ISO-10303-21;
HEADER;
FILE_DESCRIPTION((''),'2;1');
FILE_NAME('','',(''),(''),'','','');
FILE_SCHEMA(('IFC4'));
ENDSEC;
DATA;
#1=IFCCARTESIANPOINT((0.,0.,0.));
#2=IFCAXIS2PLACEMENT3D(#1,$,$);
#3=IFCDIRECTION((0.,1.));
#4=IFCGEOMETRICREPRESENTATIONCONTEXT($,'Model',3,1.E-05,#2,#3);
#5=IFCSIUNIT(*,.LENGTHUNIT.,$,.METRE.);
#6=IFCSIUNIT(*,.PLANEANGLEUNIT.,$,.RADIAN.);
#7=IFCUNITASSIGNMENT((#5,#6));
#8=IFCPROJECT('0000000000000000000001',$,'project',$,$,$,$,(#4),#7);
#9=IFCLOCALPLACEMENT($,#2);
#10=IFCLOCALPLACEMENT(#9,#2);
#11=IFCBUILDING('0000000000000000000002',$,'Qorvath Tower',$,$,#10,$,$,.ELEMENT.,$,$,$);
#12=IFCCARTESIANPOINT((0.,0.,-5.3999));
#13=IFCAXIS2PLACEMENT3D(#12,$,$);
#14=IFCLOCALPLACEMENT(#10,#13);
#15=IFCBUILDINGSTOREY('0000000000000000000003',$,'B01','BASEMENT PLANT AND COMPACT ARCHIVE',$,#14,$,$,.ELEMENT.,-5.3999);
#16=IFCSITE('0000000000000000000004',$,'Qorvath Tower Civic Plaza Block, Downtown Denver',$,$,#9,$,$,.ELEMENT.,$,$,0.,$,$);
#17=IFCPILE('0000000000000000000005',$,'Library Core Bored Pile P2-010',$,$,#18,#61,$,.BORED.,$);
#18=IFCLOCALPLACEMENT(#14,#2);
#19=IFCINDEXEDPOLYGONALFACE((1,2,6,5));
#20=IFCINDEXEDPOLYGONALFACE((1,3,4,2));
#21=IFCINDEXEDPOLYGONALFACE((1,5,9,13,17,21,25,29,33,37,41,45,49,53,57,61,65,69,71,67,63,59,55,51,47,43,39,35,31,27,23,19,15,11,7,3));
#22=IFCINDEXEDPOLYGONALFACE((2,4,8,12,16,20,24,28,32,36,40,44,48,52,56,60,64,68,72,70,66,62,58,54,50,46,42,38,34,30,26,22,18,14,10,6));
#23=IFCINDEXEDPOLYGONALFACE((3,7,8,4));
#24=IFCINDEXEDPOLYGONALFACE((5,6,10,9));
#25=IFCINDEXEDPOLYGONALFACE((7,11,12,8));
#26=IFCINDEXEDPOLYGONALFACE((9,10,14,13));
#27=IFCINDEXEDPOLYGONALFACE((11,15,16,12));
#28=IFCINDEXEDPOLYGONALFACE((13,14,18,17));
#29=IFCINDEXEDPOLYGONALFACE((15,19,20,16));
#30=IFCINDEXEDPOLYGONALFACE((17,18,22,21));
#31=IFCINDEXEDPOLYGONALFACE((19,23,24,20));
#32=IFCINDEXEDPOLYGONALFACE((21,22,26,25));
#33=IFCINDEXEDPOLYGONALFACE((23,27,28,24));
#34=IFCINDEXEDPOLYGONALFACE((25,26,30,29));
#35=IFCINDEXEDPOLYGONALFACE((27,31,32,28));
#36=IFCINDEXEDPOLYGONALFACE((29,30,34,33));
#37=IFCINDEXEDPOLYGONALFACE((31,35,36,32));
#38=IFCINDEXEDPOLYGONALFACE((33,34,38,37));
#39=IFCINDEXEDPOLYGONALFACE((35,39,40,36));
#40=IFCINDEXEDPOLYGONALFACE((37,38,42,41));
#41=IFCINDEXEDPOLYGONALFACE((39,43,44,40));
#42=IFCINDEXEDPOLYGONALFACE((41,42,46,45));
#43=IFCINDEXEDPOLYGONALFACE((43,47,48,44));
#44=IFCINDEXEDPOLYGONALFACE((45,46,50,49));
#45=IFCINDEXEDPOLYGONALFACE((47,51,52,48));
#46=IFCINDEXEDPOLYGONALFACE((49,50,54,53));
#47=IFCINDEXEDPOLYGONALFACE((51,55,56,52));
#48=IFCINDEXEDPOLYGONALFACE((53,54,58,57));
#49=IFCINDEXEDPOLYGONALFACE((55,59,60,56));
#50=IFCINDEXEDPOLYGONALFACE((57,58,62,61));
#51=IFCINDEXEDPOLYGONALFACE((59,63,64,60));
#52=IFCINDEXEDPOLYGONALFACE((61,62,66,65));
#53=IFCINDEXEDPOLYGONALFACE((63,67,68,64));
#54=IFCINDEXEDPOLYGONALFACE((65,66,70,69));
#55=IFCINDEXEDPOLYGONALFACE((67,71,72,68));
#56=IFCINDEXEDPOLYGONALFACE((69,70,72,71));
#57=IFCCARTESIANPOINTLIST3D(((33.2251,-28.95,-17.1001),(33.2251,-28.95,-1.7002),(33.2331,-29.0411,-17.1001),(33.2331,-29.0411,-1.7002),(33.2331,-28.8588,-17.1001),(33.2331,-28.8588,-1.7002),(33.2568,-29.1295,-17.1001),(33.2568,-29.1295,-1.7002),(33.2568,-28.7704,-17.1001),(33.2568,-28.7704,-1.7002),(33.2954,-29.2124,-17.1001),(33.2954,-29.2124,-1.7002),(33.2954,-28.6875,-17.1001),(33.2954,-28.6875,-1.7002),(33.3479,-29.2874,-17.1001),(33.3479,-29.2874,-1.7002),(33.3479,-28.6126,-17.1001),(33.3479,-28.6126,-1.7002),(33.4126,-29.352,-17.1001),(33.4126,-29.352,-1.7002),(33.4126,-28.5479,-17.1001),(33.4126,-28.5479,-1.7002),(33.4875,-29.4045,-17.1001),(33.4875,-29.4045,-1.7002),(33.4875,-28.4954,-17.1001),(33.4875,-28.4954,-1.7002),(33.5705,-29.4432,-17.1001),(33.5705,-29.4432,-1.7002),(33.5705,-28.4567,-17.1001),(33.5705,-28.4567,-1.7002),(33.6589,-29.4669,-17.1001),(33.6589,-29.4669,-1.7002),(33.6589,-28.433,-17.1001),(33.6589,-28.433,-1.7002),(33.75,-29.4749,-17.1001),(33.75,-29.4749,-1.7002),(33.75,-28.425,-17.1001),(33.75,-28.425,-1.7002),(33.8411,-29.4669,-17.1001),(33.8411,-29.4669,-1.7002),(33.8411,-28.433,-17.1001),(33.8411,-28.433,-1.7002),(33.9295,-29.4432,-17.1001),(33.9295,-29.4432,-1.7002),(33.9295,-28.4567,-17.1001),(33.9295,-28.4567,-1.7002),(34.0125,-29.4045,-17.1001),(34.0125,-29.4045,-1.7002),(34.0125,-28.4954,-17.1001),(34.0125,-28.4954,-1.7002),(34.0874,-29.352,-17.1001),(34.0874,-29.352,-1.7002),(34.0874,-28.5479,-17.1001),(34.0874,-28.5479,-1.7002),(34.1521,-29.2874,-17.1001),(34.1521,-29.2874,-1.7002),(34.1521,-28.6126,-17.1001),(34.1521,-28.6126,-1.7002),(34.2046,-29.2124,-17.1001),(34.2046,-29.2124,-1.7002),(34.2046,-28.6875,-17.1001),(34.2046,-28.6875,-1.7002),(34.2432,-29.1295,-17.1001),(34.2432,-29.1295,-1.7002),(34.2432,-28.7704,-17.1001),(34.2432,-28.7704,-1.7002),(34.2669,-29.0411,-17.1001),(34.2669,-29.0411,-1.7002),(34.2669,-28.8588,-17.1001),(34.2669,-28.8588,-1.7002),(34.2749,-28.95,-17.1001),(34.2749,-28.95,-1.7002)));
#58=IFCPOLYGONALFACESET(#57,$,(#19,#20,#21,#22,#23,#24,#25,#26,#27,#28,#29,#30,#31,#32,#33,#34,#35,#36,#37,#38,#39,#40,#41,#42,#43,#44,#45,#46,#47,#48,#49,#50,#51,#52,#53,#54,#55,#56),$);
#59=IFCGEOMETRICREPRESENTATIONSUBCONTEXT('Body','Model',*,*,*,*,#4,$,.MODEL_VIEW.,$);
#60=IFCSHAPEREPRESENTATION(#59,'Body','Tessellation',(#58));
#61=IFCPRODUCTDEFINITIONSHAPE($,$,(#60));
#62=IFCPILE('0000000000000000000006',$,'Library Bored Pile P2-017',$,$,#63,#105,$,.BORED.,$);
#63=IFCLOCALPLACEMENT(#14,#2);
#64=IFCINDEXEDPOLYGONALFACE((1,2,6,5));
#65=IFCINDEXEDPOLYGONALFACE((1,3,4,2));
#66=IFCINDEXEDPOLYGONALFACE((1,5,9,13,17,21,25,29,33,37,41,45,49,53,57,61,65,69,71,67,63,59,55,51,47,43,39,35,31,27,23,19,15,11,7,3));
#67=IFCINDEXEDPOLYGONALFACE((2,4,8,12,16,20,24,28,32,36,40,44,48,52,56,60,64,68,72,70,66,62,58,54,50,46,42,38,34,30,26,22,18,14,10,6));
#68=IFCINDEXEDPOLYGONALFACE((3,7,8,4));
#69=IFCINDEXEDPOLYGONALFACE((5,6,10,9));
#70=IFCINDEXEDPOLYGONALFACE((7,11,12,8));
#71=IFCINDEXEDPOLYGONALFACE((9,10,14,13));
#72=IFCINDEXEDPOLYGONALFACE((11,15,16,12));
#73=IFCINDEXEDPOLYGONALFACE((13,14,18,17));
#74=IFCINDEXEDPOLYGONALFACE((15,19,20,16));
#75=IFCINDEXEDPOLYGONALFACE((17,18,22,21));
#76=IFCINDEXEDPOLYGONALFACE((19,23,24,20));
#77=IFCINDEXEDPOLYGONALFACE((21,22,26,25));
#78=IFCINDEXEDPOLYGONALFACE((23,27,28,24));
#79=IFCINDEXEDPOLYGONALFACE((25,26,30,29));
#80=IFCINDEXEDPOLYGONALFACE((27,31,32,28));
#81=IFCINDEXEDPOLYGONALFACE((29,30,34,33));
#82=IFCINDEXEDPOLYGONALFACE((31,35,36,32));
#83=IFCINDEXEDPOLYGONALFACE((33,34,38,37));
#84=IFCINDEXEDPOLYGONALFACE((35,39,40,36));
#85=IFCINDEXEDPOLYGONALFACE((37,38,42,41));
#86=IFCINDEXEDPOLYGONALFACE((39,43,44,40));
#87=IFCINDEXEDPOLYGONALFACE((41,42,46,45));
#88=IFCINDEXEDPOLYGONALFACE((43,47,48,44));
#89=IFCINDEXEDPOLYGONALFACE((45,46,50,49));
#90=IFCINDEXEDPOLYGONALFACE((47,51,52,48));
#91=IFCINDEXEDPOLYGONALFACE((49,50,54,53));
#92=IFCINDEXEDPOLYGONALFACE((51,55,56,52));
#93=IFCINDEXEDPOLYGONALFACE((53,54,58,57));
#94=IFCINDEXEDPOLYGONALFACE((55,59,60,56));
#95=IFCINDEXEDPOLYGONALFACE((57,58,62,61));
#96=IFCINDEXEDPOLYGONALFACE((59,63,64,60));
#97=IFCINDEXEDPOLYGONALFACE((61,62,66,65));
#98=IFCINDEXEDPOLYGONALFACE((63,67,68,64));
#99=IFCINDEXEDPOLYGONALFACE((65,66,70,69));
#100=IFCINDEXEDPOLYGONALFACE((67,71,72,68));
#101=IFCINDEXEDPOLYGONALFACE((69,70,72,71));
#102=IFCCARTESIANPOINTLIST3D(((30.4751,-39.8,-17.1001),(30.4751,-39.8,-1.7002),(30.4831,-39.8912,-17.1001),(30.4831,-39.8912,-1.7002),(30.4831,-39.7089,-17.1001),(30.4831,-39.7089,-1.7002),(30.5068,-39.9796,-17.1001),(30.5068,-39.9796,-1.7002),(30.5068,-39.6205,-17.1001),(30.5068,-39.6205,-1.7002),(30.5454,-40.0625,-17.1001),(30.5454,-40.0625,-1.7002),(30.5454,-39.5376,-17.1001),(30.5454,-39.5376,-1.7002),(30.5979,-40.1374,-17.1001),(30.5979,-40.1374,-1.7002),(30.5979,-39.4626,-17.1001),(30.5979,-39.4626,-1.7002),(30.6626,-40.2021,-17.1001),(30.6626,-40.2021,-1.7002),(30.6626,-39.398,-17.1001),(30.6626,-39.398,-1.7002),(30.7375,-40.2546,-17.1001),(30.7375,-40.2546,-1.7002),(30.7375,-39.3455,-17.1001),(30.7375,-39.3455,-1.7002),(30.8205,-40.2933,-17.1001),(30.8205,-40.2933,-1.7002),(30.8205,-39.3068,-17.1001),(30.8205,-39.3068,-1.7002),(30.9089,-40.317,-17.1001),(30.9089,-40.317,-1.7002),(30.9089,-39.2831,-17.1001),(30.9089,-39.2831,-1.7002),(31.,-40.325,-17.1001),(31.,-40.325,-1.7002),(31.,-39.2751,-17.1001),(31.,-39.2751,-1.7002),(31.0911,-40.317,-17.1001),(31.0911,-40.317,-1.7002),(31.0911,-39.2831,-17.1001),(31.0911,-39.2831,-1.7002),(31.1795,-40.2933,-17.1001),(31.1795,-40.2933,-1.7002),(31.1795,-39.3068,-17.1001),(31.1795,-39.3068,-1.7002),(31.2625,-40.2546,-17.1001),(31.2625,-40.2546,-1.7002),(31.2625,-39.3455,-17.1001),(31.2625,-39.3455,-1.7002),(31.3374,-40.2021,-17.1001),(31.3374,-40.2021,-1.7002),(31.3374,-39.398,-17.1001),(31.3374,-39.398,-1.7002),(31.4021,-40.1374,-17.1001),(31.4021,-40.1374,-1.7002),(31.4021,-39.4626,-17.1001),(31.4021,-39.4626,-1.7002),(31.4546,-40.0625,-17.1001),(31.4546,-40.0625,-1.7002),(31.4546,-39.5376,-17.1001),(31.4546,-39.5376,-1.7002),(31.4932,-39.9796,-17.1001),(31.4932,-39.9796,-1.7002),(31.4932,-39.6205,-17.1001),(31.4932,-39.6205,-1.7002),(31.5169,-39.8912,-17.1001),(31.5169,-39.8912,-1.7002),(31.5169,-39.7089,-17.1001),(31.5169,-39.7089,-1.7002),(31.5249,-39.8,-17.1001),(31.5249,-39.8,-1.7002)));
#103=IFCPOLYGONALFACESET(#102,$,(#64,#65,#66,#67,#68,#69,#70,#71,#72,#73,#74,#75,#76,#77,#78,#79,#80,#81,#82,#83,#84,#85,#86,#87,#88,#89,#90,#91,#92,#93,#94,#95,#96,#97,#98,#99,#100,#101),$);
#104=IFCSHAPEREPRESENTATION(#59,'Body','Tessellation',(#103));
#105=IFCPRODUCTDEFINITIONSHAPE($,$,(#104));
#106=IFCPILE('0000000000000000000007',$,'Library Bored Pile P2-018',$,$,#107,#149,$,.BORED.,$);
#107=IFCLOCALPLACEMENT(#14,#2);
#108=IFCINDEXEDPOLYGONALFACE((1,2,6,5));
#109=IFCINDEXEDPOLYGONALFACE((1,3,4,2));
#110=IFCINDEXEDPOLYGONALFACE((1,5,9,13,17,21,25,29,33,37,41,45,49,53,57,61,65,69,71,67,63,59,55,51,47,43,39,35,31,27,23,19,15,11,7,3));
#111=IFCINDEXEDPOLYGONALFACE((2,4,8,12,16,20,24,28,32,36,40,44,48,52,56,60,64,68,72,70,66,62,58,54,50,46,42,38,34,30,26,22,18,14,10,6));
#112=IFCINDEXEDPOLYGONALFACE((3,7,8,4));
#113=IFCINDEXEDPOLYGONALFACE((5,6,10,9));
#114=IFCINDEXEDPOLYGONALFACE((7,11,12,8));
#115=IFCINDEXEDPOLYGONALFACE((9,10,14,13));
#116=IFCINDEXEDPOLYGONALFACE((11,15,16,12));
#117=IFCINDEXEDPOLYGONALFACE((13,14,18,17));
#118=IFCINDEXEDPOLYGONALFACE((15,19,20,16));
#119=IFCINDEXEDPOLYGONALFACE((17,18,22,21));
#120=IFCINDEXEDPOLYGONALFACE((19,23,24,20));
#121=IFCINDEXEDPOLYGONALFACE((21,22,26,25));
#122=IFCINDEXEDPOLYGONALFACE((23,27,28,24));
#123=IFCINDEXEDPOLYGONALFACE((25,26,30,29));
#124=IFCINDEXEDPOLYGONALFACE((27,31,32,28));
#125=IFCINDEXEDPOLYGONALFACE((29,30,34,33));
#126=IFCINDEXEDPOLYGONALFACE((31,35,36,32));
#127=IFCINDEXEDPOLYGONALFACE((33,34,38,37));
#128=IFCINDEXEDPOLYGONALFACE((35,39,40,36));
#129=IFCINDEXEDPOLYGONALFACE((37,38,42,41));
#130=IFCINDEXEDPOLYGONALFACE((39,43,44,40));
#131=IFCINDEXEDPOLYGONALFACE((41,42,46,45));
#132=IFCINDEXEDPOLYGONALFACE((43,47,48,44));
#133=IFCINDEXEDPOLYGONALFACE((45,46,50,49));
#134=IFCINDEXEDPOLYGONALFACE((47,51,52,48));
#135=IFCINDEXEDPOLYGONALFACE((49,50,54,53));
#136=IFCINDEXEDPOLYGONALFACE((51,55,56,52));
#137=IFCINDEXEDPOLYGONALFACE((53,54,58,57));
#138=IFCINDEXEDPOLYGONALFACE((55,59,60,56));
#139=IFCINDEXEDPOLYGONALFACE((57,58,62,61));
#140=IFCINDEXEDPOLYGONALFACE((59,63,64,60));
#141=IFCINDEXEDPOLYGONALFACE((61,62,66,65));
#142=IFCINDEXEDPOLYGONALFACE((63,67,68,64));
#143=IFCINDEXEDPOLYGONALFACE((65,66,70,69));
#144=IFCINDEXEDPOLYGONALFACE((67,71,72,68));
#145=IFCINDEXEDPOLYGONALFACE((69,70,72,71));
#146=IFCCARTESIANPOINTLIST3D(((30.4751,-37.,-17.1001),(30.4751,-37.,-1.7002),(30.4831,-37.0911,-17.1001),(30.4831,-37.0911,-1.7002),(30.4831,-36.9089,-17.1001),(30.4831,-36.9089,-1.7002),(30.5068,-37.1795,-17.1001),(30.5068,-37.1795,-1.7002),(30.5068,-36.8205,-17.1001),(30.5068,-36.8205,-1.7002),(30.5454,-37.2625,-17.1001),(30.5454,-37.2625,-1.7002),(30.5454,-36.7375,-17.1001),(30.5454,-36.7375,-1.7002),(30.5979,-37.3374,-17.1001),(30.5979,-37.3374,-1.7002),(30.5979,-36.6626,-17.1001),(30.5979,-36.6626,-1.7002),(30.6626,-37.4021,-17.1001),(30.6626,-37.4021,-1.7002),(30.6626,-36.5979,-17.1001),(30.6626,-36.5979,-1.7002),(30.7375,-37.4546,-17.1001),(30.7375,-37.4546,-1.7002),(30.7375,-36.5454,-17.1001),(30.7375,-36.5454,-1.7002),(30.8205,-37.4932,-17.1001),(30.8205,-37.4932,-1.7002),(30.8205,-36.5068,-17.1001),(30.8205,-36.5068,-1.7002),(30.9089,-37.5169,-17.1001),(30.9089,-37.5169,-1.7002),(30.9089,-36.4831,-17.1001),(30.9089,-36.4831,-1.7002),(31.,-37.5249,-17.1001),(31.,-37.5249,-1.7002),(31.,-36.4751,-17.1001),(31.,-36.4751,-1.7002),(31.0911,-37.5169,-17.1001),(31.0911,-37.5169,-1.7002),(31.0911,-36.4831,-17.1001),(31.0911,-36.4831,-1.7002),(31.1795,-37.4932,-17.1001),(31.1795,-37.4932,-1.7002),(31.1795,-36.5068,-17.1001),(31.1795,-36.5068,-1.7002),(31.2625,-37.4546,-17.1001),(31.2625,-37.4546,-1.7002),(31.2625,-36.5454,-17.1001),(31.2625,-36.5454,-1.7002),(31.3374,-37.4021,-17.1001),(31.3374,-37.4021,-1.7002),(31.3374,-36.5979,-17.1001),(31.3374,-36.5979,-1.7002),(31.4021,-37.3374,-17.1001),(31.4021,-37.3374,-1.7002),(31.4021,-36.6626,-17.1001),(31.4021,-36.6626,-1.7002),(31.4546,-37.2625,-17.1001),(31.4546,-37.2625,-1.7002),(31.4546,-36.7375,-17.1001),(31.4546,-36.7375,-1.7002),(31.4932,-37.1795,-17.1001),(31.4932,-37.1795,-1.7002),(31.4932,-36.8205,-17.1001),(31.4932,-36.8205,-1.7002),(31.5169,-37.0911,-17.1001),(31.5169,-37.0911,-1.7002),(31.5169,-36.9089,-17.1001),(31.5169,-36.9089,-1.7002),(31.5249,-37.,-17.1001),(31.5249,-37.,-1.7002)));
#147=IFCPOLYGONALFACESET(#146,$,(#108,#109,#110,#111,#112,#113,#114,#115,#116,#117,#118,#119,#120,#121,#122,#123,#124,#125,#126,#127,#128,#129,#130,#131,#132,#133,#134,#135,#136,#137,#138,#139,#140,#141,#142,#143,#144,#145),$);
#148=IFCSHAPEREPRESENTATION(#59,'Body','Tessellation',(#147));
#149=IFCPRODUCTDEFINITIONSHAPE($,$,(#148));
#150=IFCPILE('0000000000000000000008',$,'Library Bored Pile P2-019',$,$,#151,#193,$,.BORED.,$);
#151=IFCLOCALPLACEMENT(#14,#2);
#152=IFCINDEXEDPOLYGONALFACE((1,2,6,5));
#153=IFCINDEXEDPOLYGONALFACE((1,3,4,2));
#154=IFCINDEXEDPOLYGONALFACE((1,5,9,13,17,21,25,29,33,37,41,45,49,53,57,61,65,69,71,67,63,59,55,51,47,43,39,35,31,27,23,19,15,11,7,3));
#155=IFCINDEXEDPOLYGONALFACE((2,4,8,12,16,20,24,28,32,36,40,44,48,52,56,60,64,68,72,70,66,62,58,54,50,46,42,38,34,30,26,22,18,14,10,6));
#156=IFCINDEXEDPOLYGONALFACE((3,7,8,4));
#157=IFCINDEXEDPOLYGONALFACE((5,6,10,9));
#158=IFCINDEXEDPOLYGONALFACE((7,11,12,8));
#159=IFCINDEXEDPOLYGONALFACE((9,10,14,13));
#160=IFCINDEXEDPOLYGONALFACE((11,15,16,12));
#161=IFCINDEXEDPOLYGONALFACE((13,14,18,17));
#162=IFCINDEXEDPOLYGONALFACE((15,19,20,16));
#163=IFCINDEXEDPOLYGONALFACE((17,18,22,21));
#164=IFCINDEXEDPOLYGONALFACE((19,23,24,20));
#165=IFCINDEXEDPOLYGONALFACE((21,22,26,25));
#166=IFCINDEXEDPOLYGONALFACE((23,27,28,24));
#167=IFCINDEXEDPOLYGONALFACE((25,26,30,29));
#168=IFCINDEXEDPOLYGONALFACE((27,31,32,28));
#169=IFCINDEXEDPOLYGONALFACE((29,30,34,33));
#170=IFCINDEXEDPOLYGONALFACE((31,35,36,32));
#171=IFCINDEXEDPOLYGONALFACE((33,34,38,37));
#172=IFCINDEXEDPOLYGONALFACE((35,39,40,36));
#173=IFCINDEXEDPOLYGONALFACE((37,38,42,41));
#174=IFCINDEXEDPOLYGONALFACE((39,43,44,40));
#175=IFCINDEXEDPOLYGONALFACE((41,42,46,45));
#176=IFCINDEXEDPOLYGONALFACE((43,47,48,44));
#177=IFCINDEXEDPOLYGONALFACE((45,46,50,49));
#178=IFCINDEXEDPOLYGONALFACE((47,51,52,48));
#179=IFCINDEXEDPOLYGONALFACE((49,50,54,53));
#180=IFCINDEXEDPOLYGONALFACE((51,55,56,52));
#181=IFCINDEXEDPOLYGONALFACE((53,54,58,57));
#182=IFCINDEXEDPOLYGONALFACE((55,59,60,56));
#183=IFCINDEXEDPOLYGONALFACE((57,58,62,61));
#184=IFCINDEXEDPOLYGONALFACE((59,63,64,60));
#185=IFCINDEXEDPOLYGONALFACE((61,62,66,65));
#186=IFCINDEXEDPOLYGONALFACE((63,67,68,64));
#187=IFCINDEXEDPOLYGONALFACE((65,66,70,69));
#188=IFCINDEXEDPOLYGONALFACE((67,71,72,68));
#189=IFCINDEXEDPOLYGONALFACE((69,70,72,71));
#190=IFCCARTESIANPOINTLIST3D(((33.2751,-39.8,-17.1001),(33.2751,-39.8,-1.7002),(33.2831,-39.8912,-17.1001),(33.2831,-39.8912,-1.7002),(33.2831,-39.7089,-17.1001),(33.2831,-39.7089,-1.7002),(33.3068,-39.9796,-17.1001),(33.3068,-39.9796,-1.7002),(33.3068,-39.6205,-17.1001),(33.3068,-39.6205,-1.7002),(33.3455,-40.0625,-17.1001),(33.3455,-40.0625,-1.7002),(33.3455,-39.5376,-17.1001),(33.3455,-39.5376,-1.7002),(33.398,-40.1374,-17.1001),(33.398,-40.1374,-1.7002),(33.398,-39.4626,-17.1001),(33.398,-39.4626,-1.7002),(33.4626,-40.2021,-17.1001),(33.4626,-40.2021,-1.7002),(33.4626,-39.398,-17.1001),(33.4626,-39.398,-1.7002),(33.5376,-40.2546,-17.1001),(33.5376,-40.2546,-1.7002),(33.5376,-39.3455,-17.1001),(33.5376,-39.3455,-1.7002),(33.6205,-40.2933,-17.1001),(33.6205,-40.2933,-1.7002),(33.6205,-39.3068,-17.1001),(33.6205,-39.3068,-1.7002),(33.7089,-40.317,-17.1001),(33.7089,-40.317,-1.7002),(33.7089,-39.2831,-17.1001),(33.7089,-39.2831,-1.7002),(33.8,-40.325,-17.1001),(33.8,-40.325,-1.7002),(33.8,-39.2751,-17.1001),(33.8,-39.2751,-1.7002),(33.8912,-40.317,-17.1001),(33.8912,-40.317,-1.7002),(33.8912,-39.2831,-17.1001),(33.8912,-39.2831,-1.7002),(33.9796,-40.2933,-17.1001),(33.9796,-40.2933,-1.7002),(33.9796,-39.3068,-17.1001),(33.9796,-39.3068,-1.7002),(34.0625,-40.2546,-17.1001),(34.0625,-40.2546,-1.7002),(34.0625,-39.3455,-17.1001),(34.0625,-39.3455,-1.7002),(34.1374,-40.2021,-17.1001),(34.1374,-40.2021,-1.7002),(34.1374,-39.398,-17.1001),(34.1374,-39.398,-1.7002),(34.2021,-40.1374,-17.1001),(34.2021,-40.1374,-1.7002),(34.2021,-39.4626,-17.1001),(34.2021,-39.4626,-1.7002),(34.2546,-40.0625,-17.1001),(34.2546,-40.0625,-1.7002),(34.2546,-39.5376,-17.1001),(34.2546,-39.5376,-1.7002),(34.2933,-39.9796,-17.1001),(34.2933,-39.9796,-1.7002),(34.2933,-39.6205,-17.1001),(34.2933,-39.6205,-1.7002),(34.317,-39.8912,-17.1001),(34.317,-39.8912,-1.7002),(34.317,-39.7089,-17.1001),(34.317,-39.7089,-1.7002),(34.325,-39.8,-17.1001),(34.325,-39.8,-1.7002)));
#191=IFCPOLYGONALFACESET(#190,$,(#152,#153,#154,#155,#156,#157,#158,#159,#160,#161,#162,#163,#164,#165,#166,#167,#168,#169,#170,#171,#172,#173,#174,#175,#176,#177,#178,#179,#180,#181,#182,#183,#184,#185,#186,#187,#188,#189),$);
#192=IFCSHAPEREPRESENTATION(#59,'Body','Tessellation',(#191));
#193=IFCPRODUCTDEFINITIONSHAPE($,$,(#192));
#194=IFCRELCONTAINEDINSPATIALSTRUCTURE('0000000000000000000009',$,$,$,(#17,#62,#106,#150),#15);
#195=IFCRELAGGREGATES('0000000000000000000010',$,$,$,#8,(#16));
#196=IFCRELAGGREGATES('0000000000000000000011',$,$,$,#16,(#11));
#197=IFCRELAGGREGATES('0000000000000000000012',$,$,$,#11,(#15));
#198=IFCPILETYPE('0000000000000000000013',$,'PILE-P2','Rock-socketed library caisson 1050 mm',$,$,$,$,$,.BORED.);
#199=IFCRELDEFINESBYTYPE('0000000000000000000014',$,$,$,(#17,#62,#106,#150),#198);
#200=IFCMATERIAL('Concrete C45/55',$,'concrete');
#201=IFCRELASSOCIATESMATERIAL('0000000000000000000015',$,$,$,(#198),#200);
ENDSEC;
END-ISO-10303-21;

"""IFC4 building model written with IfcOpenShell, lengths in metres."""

from ifc_helpers import new_model, si_unit, direction, frame, origin, origin_2d, place, context, subcontext, project, spatial, circle, extrude, material, material_profile, profile_set, type_object, element, save


model = new_model("IFC4")

# Units and contexts
model_context = context("Model", 3, precision=1e-05, world=origin(), true_north=direction((0.0, 1.0)))
body_context = subcontext(model_context, "Body", "Model", "MODEL_VIEW")
ifc_project = project(units=[si_unit("LENGTHUNIT", "METRE"), si_unit("PLANEANGLEUNIT", "RADIAN")], contexts=[model_context])

# Site, building, storey
site_placement = place(None, origin())
site = spatial("IfcSite", under=ifc_project, at=site_placement, Name="Qorvath Tower Civic Plaza Block, Downtown Denver", CompositionType="ELEMENT", RefElevation=0.0)
building_placement = place(site_placement, origin())
building = spatial("IfcBuilding", under=site, at=building_placement, Name="Qorvath Tower", CompositionType="ELEMENT")
storey_placement = place(building_placement, frame((0.0, 0.0, -5.3999)))
storey = spatial("IfcBuildingStorey", under=building, at=storey_placement, Name="B01", Description="BASEMENT PLANT AND COMPACT ARCHIVE", CompositionType="ELEMENT", Elevation=-5.3999)

# Piles
ifc_material_1 = material(Name="Concrete C45/55", Category="concrete")
ifc_material_profile_1 = material_profile(ifc_material_1, circle(Radius=0.5249, at=origin_2d()), Name="BORED PILE 1050")
ifc_profile_set_1 = profile_set([ifc_material_profile_1], Name="Concrete C45/55")
pile_type_1 = type_object("IfcPileType", Name="PILE-P2", Description="Rock-socketed library caisson 1050 mm", PredefinedType="BORED", material=ifc_profile_set_1)
for number, where, z_axis, x_axis, name in (
    (1, (33.75, -28.95, -1.7002), (0.0, 0.0, -1.0), (1.0, 0.0, 0.0), "Library Core Bored Pile P2-010"),
    (2, (31.0, -39.8, -1.7002), (0.0, 0.0, -1.0), (1.0, 0.0, 0.0), "Library Bored Pile P2-017"),
    (3, (31.0, -37.0, -1.7002), (0.0, 0.0, -1.0), (1.0, 0.0, 0.0), "Library Bored Pile P2-018"),
    (4, (33.8, -39.8, -1.7002), (0.0, 0.0, -1.0), (1.0, 0.0, 0.0), "Library Bored Pile P2-019"),
):
    element("IfcPile", number, at=place(storey_placement, frame(where, z_axis=z_axis, x_axis=x_axis)), inside=storey, type_object=pile_type_1, Name=name, PredefinedType="BORED", context=body_context, shape_type="SweptSolid", body=[
        extrude(circle(Radius=0.5249, at=origin_2d()), origin(), (0.0, 0.0, 1.0), 15.3999),
    ])

save(model, "model.ifc")
